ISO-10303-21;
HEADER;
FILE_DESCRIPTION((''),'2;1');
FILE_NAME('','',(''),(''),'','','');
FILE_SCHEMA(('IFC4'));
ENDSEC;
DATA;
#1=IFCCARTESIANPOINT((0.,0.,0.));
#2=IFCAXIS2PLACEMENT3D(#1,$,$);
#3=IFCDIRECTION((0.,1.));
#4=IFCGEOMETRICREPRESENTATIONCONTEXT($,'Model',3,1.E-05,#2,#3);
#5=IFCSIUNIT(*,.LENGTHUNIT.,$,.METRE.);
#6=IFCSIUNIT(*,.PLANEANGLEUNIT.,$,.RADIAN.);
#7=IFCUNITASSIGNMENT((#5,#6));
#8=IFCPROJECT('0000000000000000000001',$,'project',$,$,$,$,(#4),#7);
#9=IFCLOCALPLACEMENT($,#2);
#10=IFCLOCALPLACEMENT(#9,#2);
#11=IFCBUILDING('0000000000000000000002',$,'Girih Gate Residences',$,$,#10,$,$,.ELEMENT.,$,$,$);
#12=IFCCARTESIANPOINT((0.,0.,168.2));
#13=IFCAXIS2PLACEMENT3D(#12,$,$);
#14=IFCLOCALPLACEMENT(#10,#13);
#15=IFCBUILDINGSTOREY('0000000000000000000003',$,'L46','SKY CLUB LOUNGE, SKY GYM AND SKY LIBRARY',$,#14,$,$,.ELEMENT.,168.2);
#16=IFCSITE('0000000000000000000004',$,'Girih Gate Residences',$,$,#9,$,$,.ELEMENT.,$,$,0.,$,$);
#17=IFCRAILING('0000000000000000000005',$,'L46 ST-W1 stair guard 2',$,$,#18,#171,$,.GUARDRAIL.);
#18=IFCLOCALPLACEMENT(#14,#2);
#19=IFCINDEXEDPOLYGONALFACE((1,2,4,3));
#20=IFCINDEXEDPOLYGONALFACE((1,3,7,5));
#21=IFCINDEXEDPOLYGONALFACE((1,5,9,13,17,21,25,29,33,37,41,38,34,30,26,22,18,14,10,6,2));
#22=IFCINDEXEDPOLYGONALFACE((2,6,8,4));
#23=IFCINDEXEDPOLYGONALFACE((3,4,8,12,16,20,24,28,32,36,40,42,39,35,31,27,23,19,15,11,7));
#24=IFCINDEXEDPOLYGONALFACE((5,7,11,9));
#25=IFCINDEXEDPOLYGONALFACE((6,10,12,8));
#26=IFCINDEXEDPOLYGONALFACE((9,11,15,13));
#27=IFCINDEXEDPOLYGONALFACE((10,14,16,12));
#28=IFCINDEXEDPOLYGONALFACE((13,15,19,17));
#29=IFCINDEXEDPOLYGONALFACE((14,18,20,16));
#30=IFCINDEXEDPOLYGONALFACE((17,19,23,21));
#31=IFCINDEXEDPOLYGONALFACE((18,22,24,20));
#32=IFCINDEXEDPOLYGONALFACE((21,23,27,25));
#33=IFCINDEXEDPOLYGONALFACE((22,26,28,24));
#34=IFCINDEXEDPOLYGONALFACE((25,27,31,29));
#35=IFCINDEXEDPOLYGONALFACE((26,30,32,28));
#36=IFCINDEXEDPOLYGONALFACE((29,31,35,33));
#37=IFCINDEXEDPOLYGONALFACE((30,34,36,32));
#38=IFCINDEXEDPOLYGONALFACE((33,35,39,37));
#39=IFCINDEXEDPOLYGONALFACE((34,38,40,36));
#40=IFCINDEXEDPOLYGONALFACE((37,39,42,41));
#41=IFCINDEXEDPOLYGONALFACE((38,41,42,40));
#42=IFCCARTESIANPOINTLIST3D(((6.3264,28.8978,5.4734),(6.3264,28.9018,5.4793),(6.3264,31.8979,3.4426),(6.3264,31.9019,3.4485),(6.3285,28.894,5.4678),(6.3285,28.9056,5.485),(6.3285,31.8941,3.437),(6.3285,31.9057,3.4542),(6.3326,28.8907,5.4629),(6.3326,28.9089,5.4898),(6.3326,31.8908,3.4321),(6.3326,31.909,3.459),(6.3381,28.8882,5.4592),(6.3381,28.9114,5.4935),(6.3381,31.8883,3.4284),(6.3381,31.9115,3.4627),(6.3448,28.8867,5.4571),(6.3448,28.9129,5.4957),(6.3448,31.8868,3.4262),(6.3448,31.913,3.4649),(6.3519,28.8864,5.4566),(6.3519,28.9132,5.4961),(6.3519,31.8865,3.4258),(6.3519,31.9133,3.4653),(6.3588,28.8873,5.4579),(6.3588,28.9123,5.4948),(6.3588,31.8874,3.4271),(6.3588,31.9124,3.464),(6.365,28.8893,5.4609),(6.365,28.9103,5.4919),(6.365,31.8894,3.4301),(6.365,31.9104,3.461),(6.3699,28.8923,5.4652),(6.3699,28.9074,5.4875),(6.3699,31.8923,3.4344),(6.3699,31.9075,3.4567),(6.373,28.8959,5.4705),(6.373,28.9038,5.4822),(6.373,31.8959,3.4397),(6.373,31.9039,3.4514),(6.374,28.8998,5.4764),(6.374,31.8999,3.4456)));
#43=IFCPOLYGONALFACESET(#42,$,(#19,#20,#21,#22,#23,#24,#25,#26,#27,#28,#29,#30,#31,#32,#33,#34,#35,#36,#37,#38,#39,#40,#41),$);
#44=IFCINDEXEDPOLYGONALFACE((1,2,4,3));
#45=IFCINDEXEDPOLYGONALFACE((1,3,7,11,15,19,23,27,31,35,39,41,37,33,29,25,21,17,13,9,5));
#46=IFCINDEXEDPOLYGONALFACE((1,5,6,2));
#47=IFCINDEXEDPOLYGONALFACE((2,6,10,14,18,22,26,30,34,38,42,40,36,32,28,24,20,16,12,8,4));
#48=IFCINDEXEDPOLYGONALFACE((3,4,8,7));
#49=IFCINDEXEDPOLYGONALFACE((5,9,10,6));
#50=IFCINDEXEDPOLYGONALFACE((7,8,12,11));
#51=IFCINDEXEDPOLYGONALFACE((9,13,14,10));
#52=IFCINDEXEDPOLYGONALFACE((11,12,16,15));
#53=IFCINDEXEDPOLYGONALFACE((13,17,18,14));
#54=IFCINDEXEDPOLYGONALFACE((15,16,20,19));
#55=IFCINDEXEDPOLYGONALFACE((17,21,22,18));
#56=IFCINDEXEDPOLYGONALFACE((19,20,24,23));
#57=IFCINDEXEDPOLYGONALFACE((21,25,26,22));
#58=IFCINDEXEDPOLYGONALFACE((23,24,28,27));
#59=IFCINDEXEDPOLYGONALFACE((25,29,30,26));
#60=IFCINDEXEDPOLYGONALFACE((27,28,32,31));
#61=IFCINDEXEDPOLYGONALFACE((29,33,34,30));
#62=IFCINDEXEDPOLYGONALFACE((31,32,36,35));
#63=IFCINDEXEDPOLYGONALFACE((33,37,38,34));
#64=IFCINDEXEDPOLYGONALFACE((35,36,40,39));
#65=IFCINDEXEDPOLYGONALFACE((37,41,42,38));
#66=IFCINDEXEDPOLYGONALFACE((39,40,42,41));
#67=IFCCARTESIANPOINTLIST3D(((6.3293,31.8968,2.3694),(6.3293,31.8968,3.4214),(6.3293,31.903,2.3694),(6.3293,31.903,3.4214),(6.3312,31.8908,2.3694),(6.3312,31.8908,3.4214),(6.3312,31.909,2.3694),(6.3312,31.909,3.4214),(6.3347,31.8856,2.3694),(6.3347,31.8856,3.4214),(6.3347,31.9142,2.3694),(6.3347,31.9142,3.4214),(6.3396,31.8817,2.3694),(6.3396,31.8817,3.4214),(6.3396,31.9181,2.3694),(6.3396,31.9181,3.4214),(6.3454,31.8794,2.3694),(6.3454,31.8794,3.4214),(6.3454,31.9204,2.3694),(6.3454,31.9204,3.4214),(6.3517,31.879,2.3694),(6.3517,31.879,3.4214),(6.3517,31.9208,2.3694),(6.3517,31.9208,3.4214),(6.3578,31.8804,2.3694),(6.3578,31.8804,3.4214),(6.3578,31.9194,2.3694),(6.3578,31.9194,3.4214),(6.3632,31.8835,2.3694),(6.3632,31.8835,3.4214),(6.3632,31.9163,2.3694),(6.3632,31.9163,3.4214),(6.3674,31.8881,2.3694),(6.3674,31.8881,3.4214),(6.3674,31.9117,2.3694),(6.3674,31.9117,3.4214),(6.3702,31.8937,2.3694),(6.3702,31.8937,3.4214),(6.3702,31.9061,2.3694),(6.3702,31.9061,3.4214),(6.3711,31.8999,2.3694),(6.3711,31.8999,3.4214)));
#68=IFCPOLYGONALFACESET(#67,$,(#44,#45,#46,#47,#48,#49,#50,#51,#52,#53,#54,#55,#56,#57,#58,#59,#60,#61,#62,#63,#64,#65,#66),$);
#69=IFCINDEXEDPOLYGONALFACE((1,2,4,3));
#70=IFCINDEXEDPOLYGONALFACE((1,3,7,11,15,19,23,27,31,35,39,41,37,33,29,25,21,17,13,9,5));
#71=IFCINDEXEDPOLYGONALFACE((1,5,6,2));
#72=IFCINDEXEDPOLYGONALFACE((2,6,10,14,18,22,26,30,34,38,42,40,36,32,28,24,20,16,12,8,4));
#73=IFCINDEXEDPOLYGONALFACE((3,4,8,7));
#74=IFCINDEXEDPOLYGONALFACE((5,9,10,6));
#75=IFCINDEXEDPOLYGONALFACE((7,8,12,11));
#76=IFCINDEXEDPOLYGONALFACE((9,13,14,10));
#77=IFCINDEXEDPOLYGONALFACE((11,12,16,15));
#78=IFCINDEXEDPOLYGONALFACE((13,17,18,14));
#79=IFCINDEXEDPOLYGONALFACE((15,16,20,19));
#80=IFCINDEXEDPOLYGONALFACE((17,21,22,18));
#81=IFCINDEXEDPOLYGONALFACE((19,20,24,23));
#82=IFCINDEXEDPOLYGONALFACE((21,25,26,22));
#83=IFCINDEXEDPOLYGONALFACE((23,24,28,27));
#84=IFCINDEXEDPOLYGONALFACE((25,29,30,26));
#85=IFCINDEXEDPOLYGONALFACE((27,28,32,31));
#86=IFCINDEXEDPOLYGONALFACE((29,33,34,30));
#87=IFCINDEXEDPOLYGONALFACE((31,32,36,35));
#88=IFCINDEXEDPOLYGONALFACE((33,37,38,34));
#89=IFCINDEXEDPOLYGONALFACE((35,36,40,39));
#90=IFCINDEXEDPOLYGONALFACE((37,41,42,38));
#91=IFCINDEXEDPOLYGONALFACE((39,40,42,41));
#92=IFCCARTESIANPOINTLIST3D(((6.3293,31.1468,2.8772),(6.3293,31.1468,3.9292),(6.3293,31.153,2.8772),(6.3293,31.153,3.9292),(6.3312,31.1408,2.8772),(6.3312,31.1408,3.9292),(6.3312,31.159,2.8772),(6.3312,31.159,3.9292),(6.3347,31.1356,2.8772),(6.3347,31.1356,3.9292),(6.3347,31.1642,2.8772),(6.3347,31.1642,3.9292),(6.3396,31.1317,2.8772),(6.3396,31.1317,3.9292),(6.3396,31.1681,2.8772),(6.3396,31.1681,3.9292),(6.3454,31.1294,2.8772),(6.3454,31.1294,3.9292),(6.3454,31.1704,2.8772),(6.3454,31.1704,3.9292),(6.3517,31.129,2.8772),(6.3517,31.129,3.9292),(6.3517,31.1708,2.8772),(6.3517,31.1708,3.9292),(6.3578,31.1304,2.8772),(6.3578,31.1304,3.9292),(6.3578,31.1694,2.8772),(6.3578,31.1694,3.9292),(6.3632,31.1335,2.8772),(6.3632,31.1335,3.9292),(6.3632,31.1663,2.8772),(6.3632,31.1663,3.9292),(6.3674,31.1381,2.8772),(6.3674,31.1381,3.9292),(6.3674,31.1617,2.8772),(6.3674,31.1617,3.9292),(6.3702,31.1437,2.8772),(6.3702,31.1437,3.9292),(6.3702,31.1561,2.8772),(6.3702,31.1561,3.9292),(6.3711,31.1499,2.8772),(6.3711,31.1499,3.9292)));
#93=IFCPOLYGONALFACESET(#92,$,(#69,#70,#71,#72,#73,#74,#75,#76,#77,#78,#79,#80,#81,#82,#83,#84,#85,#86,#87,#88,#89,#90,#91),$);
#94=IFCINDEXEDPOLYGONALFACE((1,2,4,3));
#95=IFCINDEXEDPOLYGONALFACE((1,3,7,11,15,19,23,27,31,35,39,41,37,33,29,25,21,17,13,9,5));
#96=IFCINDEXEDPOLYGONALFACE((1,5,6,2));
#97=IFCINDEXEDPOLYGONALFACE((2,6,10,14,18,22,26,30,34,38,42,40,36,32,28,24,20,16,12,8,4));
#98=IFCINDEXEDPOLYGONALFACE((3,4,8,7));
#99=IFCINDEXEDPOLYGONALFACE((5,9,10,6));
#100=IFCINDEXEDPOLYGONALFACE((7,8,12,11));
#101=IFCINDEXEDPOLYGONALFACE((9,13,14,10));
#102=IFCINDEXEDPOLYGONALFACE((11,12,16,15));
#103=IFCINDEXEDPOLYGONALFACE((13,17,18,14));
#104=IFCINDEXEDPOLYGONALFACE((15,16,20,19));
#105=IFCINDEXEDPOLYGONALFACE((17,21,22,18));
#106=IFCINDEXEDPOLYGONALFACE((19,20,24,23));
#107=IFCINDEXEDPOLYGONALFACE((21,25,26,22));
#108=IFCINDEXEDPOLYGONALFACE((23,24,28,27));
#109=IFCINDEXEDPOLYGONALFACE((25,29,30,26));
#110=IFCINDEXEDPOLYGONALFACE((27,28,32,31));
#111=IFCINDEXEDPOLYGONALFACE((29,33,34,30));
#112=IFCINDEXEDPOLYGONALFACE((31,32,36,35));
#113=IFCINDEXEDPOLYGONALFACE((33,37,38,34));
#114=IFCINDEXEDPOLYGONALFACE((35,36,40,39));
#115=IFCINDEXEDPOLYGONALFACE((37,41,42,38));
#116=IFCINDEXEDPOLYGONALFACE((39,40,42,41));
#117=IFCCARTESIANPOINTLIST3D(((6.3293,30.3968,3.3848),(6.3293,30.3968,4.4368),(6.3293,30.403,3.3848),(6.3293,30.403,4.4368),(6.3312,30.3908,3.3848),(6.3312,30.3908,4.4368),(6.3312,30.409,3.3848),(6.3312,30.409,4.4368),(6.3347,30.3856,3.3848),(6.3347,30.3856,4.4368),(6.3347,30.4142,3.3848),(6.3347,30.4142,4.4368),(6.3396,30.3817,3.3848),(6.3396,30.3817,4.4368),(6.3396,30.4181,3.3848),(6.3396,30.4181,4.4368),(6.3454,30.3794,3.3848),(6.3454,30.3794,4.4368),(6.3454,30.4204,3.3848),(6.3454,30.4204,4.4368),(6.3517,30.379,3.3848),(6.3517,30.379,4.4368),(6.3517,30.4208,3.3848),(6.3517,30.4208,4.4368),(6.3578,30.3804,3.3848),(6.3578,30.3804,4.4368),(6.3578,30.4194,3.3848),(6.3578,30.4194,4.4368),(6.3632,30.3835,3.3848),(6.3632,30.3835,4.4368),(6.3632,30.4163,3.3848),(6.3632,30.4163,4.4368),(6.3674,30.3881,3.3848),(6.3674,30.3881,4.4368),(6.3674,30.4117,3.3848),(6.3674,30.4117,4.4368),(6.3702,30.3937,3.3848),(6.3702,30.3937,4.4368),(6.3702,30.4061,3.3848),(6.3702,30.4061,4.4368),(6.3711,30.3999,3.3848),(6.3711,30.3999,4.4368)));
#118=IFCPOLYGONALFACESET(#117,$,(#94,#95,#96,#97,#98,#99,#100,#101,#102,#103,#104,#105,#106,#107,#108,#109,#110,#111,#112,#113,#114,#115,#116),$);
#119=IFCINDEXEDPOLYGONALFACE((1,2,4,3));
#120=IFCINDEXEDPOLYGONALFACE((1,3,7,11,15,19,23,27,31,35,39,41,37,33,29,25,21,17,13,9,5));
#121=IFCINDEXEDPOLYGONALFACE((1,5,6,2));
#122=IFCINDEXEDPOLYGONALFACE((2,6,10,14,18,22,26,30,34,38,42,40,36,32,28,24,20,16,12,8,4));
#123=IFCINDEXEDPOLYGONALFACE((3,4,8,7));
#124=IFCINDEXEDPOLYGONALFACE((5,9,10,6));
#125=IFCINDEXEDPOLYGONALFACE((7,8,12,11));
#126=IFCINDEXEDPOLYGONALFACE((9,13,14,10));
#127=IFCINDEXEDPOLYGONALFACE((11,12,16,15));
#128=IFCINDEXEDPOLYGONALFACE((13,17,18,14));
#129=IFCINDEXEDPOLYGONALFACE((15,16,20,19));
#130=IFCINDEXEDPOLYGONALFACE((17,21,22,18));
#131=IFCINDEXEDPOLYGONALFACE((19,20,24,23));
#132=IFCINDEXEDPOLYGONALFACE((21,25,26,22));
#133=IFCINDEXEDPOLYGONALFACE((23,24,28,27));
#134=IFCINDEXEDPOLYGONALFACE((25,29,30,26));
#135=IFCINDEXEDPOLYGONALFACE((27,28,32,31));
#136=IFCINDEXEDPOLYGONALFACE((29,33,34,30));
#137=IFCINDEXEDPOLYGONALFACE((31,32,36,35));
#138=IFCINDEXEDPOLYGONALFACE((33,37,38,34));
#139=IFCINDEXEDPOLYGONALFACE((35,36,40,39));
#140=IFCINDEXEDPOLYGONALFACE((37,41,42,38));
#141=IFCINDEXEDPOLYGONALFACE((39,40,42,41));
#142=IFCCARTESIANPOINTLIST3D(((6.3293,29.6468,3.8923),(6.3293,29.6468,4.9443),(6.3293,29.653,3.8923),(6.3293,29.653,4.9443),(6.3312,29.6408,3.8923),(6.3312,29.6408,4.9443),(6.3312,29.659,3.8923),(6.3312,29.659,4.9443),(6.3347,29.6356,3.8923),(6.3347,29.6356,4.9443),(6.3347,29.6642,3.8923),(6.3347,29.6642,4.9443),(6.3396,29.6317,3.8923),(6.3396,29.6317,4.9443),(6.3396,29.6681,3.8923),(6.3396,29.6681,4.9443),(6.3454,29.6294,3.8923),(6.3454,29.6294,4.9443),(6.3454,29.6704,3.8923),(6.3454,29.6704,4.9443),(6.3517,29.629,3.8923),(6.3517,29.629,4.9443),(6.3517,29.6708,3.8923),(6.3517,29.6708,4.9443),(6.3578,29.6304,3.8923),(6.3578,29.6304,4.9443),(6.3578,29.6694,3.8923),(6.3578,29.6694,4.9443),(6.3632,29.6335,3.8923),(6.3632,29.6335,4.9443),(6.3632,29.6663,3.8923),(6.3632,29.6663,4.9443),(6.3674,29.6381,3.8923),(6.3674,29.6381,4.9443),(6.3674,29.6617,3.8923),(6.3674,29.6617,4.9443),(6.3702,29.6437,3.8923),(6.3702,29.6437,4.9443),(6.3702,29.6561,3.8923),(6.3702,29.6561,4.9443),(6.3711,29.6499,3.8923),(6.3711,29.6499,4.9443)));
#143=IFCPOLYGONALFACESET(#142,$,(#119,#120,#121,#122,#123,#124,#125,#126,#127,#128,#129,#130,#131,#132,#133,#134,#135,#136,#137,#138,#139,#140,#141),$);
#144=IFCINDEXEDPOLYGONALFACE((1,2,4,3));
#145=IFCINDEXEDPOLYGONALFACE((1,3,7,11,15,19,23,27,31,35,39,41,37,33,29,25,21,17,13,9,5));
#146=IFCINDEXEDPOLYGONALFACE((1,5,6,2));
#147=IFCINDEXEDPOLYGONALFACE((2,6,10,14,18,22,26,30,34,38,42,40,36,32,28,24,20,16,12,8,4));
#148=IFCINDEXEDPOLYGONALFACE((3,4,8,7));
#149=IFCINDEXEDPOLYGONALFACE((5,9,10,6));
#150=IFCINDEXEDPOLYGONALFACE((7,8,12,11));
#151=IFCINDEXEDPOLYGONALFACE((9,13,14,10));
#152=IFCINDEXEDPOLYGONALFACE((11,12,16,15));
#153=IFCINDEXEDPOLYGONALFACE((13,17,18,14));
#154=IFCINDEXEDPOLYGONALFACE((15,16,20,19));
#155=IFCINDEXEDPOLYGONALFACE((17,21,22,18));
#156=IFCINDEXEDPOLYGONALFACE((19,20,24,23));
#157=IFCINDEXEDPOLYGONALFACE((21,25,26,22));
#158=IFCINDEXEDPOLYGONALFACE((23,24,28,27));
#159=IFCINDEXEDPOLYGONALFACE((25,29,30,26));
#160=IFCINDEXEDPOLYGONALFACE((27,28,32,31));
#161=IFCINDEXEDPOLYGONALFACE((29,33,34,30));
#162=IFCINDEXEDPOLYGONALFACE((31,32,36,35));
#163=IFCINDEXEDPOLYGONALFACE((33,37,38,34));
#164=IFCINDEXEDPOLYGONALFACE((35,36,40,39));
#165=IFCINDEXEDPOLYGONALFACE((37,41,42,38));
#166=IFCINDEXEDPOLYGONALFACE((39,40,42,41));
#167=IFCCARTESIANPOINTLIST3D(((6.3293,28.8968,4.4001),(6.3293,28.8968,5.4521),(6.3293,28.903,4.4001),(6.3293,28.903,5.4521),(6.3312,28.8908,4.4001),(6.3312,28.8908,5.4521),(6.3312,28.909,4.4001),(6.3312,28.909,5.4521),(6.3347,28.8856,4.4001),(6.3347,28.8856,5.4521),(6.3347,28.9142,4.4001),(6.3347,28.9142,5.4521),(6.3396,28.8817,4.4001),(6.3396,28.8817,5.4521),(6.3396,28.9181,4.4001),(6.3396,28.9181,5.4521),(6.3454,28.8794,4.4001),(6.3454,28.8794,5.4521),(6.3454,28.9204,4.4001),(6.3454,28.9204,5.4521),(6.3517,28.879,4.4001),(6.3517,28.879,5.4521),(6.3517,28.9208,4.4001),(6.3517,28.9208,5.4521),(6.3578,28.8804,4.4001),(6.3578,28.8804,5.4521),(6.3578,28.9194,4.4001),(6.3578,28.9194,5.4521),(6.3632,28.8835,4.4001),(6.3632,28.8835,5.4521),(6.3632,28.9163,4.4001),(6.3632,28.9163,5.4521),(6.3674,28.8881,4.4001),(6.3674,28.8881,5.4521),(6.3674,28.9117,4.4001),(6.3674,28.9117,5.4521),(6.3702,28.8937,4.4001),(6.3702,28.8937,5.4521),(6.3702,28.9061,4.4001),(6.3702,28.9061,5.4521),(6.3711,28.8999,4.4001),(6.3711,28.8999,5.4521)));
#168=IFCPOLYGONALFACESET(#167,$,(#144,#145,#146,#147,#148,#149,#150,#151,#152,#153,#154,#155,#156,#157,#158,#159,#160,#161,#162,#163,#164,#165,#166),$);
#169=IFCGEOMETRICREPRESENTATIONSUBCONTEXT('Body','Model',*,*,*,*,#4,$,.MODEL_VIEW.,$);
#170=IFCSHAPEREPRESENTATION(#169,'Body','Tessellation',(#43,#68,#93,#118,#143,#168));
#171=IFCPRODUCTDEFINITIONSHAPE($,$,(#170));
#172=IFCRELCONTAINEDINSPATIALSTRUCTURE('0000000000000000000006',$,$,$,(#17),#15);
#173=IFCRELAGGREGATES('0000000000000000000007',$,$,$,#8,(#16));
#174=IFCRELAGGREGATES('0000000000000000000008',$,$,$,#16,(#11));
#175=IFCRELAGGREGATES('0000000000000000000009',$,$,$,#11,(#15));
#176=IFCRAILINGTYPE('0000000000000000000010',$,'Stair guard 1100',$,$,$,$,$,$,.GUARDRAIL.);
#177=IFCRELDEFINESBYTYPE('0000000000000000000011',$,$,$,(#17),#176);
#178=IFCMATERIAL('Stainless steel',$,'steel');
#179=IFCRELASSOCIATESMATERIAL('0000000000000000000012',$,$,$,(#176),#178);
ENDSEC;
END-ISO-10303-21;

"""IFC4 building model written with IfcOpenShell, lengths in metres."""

from ifc_helpers import new_model, si_unit, direction, frame, origin, origin_2d, place, context, subcontext, project, spatial, circle, extrude, material, type_object, element, save


model = new_model("IFC4")

# Units and contexts
model_context = context("Model", 3, precision=1e-05, world=origin(), true_north=direction((0.0, 1.0)))
body_context = subcontext(model_context, "Body", "Model", "MODEL_VIEW")
ifc_project = project(units=[si_unit("LENGTHUNIT", "METRE"), si_unit("PLANEANGLEUNIT", "RADIAN")], contexts=[model_context])

# Site, building, storey
site_placement = place(None, origin())
site = spatial("IfcSite", under=ifc_project, at=site_placement, Name="Girih Gate Residences", CompositionType="ELEMENT", RefElevation=0.0)
building_placement = place(site_placement, origin())
building = spatial("IfcBuilding", under=site, at=building_placement, Name="Girih Gate Residences", CompositionType="ELEMENT")
storey_placement = place(building_placement, frame((0.0, 0.0, 168.2)))
storey = spatial("IfcBuildingStorey", under=building, at=storey_placement, Name="L46", Description="SKY CLUB LOUNGE, SKY GYM AND SKY LIBRARY", CompositionType="ELEMENT", Elevation=168.2)

# Shared definitions
ifc_material_1 = material(Name="Stainless steel", Category="steel")

# Railing
railing_type = type_object("IfcRailingType", Name="Stair guard 1100", PredefinedType="GUARDRAIL", material=ifc_material_1)
railing_placement = place(storey_placement, frame((6.3501, 31.8999, 2.3694)))
element("IfcRailing", 1, at=railing_placement, inside=storey, type_object=railing_type, Name="L46 ST-W1 stair guard 2", PredefinedType="GUARDRAIL", context=body_context, shape_type="SweptSolid", body=[
    extrude(circle(Radius=0.0239, at=origin_2d()), frame((0.0, 0.0, 1.0762), z_axis=(0.0, -0.82811, 0.560565), x_axis=(1.0, 0.0, 0.0)), (0.0, 0.0, 1.0), 3.6228),
    extrude(circle(Radius=0.021, at=origin_2d()), origin(), (0.0, 0.0, 1.0), 1.052),
    extrude(circle(Radius=0.021, at=origin_2d()), frame((0.0, -0.75, 0.5078)), (0.0, 0.0, 1.0), 1.052),
    extrude(circle(Radius=0.021, at=origin_2d()), frame((0.0, -1.5, 1.0154)), (0.0, 0.0, 1.0), 1.052),
    extrude(circle(Radius=0.021, at=origin_2d()), frame((0.0, -2.25, 1.5229)), (0.0, 0.0, 1.0), 1.052),
    extrude(circle(Radius=0.021, at=origin_2d()), frame((0.0, -3.0, 2.0308)), (0.0, 0.0, 1.0), 1.052),
])

save(model, "model.ifc")
